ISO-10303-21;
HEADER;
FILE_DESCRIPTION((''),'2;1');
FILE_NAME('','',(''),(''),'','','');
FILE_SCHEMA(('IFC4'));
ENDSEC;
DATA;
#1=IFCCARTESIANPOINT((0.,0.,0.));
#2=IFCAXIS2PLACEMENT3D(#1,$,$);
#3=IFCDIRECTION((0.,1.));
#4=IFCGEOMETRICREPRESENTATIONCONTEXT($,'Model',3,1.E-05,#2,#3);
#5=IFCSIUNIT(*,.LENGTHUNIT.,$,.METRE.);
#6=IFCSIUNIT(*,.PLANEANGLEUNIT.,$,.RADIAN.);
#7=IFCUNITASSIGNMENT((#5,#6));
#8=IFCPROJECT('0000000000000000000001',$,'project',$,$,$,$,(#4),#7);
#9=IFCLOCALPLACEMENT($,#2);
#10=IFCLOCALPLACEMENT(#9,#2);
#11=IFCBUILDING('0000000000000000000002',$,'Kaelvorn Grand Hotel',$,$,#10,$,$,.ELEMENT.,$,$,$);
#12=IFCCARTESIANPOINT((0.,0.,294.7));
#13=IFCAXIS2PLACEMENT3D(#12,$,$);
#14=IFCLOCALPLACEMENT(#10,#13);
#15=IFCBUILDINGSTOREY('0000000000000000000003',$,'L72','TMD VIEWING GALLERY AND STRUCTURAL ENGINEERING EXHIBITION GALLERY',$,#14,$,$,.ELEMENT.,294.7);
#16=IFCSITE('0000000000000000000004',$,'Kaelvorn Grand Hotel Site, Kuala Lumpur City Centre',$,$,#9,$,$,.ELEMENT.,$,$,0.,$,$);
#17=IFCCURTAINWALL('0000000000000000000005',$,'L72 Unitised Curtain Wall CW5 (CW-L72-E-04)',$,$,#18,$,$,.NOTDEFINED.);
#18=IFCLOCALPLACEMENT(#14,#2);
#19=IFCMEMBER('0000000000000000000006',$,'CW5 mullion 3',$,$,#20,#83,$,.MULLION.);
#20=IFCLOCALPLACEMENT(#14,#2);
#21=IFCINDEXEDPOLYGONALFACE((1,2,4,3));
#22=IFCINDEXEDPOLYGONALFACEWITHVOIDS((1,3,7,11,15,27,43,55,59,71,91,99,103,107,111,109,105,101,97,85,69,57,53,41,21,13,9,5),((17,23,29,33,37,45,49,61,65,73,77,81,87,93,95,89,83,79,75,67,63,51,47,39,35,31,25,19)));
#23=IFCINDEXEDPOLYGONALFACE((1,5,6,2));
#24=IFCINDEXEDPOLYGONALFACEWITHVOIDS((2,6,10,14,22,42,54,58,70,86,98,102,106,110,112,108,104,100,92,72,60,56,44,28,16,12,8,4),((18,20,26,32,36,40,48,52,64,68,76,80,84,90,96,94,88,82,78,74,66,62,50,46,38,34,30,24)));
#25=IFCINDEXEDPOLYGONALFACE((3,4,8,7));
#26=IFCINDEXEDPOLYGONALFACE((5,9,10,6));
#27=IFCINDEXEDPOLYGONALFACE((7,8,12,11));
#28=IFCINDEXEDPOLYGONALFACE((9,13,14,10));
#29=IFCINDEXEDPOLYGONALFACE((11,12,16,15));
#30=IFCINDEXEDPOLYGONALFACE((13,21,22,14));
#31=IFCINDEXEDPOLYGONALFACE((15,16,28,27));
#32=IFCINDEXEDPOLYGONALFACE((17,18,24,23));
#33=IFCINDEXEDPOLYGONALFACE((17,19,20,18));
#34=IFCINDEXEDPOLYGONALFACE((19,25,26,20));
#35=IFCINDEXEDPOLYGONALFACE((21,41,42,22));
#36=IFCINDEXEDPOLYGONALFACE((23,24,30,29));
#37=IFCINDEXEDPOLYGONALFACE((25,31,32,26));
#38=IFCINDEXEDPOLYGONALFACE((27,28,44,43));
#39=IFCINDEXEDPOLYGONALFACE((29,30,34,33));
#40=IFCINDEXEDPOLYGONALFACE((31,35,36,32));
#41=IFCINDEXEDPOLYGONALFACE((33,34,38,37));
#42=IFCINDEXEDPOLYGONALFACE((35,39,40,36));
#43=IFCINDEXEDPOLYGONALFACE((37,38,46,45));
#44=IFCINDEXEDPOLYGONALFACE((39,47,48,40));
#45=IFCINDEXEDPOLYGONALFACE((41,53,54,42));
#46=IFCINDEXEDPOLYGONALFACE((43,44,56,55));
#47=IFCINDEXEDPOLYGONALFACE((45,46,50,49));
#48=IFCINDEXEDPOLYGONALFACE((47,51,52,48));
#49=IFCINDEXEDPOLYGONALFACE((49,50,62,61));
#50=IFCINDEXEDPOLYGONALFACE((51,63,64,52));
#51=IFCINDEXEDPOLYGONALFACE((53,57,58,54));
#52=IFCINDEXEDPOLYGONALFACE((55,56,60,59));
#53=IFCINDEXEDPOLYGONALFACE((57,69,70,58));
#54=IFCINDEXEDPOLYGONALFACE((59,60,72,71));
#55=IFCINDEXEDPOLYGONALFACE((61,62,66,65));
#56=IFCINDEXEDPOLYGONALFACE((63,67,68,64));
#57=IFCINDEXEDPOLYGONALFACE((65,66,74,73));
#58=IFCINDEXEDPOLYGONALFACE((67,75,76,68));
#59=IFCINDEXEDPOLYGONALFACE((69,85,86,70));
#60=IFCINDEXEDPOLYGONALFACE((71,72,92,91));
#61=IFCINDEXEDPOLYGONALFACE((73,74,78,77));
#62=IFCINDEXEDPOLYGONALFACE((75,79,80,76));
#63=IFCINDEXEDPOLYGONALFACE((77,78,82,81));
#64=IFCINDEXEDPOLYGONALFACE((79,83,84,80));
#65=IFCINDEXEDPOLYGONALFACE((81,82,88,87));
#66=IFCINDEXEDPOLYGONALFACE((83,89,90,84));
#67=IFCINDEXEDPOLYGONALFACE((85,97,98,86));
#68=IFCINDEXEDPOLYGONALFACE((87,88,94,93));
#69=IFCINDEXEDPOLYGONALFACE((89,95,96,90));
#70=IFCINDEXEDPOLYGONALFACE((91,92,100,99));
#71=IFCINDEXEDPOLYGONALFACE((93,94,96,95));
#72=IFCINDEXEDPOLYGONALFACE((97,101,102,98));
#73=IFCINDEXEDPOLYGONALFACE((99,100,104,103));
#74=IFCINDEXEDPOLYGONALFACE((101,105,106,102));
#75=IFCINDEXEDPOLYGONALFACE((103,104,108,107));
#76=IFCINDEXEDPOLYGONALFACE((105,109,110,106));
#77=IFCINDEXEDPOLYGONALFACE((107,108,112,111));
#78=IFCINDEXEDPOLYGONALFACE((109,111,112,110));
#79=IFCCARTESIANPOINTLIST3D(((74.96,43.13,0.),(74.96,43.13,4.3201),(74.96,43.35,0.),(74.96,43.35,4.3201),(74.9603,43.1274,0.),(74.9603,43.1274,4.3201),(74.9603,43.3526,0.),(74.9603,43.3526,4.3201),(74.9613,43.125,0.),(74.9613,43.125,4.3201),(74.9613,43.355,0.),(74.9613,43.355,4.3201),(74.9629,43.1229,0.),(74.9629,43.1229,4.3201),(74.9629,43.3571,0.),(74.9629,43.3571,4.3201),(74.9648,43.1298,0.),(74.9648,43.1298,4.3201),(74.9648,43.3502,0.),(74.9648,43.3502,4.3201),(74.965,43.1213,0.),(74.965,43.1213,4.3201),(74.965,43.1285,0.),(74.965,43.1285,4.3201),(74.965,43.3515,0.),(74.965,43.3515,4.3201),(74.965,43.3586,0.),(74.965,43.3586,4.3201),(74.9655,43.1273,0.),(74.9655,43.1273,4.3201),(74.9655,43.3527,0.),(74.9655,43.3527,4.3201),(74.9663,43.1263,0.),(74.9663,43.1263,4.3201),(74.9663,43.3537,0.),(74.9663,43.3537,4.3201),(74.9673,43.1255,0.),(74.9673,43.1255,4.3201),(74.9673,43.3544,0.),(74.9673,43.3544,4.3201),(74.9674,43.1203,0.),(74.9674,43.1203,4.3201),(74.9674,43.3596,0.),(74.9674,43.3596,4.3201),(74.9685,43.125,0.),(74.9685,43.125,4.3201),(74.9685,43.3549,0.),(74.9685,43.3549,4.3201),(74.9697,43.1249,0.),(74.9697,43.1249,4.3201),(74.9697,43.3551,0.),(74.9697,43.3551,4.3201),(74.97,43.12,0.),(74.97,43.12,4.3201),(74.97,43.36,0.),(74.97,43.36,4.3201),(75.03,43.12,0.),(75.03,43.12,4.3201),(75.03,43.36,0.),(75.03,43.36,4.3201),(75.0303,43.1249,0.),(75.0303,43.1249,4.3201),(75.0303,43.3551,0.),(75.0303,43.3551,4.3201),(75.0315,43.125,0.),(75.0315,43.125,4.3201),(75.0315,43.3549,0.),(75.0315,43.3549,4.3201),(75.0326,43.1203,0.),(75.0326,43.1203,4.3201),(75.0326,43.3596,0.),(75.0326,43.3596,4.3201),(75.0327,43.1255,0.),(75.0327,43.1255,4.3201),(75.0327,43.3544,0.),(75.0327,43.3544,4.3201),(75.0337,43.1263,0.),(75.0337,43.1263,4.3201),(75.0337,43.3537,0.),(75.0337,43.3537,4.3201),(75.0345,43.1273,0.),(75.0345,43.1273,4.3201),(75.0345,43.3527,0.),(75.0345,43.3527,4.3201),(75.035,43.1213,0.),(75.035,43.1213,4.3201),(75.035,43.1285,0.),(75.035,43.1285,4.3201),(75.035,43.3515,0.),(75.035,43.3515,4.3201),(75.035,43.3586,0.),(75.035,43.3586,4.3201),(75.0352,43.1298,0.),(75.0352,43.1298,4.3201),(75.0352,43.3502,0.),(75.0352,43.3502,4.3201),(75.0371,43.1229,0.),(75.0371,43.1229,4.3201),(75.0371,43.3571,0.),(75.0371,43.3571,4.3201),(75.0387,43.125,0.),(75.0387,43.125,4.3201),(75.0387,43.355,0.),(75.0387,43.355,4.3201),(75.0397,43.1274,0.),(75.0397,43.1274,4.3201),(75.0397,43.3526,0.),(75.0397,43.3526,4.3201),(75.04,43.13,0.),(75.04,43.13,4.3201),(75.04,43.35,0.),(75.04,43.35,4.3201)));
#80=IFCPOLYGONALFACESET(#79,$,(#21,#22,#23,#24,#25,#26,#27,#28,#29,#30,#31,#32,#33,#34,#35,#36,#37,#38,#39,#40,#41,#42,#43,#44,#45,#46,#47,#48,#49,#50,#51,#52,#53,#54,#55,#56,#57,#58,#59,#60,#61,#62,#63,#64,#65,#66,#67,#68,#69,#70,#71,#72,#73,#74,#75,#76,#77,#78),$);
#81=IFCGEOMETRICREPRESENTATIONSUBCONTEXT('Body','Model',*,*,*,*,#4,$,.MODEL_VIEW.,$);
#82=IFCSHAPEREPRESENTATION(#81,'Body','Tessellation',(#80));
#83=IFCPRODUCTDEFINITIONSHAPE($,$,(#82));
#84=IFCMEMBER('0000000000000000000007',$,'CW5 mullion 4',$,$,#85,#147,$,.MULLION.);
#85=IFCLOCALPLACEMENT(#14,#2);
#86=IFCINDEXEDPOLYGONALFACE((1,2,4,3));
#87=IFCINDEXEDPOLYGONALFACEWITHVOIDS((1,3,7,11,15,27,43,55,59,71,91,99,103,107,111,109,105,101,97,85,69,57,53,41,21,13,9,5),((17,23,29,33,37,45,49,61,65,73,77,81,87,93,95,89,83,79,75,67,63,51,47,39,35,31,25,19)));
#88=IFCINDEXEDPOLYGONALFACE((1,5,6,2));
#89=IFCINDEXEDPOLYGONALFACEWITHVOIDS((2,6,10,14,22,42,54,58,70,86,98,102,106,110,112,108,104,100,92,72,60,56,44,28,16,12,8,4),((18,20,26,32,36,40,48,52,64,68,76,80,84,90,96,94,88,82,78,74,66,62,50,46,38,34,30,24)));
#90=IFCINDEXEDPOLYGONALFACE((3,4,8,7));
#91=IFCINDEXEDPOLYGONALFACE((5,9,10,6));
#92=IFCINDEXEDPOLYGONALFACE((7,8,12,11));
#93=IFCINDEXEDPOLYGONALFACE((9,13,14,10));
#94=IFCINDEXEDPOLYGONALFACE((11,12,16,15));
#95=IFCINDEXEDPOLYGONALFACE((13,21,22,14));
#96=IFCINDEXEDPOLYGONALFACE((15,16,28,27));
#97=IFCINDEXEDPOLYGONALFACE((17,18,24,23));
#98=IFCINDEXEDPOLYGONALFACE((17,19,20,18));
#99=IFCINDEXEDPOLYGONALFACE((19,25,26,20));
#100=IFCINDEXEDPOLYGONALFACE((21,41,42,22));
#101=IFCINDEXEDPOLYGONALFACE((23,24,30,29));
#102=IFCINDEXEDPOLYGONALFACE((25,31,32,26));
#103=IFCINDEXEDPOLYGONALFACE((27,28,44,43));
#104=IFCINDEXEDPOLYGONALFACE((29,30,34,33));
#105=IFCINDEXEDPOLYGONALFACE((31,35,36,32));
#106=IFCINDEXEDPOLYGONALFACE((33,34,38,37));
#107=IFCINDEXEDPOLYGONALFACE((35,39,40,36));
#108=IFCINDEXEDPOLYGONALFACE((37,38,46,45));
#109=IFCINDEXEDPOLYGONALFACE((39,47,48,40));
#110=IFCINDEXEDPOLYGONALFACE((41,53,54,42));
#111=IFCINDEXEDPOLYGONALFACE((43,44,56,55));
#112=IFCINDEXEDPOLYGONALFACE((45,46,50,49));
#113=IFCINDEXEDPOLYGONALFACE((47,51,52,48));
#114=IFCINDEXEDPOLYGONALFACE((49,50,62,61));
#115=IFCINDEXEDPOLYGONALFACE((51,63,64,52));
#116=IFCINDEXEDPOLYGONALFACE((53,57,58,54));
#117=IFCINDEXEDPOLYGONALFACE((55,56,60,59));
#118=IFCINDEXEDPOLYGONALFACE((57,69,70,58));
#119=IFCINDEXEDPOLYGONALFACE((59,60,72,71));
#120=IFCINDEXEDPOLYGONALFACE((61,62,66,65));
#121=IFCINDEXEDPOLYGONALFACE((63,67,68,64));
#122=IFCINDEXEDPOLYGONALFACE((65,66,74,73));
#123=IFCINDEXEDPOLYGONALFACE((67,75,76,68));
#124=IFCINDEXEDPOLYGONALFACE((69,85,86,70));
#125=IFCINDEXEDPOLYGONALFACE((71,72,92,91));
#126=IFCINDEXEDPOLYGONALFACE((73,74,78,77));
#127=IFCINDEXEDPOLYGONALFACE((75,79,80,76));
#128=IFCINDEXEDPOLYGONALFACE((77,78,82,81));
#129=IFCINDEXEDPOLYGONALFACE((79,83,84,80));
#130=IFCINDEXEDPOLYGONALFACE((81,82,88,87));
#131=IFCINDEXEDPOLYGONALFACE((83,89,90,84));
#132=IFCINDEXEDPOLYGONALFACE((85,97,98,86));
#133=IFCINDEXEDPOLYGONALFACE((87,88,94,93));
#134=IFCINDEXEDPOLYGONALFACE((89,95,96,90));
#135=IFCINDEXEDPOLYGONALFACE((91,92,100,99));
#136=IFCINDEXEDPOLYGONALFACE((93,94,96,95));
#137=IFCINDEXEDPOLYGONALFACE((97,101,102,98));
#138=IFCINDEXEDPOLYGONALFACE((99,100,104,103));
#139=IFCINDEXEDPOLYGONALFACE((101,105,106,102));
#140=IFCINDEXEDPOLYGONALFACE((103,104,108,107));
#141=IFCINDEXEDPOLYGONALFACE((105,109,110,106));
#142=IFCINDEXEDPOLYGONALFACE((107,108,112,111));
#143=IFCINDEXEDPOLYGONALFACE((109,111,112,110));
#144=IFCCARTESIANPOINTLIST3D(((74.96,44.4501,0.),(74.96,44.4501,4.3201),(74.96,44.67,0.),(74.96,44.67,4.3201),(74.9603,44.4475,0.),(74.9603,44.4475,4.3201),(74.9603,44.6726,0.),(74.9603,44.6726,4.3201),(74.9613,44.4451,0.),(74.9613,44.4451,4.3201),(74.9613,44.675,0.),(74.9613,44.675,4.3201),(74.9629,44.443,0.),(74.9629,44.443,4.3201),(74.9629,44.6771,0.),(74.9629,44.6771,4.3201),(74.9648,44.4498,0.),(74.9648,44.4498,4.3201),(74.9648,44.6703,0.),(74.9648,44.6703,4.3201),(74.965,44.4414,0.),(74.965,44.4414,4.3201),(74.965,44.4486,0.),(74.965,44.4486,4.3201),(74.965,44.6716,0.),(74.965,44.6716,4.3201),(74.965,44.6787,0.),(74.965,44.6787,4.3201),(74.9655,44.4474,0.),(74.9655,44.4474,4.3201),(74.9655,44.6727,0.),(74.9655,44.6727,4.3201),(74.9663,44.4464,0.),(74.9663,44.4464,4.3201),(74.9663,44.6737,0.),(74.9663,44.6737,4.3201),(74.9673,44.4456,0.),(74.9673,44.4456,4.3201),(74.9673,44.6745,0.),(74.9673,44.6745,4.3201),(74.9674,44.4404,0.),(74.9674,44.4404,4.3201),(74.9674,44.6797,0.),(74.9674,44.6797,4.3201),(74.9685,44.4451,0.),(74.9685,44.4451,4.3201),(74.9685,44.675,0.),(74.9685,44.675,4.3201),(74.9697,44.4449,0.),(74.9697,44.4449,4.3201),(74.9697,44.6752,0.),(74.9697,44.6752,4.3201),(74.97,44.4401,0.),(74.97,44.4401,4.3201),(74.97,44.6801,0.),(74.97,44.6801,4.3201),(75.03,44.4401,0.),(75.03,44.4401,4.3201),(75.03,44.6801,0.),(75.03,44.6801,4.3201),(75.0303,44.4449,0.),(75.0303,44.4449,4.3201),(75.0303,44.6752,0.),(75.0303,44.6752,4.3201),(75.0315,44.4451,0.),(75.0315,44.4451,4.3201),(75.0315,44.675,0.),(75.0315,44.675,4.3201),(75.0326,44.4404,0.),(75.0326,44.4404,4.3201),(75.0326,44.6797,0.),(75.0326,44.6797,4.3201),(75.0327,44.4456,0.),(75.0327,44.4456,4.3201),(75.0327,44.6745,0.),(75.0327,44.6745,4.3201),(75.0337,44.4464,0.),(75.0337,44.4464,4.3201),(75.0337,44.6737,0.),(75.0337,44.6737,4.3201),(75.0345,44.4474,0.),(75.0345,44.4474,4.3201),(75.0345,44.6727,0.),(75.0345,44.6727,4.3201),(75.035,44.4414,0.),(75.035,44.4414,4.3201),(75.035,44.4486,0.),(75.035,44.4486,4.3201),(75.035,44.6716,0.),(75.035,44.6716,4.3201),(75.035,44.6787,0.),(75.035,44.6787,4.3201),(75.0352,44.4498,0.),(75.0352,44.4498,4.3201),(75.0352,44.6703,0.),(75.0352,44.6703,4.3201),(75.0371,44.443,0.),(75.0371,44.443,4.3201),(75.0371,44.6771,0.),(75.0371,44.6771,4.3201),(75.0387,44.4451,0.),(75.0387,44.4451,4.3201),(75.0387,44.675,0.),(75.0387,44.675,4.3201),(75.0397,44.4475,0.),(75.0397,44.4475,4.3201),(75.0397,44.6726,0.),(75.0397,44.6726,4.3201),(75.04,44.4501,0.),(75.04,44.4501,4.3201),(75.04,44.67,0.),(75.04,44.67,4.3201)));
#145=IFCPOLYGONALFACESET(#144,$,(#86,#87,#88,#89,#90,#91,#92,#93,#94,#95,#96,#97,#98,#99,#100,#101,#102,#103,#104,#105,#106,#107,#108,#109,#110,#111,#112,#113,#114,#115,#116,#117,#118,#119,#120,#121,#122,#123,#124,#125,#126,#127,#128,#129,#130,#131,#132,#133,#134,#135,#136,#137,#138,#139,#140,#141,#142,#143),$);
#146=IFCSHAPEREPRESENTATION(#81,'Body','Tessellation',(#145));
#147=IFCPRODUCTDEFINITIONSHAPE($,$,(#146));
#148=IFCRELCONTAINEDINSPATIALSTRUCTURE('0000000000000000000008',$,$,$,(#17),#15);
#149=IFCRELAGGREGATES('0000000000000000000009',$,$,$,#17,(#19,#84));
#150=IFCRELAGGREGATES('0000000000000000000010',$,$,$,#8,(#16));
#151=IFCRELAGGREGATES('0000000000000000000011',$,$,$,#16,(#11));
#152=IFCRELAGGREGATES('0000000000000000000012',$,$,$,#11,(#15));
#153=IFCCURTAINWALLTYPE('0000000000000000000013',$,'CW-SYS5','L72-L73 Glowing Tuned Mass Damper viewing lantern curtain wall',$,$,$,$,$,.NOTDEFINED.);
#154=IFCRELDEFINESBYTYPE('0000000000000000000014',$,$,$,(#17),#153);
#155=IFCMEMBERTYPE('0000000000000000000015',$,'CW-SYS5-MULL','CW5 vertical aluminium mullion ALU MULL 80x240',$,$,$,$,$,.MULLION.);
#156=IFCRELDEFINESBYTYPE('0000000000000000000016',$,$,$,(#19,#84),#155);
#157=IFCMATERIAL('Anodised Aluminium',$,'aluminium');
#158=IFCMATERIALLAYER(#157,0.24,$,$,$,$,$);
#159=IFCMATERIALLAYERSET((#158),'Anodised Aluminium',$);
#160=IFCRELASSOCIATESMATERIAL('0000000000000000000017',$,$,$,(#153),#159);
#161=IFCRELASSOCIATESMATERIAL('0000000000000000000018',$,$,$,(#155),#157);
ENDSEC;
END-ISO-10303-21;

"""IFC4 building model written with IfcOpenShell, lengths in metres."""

from ifc_helpers import new_model, si_unit, direction, frame, origin, origin_2d, place, context, subcontext, project, spatial, hollow_rectangle, extrude, material, layer, layer_set, material_profile, profile_set, type_object, element, aggregate, save


model = new_model("IFC4")

# Units and contexts
model_context = context("Model", 3, precision=1e-05, world=origin(), true_north=direction((0.0, 1.0)))
body_context = subcontext(model_context, "Body", "Model", "MODEL_VIEW")
ifc_project = project(units=[si_unit("LENGTHUNIT", "METRE"), si_unit("PLANEANGLEUNIT", "RADIAN")], contexts=[model_context])

# Site, building, storey
site_placement = place(None, origin())
site = spatial("IfcSite", under=ifc_project, at=site_placement, Name="Kaelvorn Grand Hotel Site, Kuala Lumpur City Centre", CompositionType="ELEMENT", RefElevation=0.0)
building_placement = place(site_placement, origin())
building = spatial("IfcBuilding", under=site, at=building_placement, Name="Kaelvorn Grand Hotel", CompositionType="ELEMENT")
storey_placement = place(building_placement, frame((0.0, 0.0, 294.7)))
storey = spatial("IfcBuildingStorey", under=building, at=storey_placement, Name="L72", Description="TMD VIEWING GALLERY AND STRUCTURAL ENGINEERING EXHIBITION GALLERY", CompositionType="ELEMENT", Elevation=294.7)

# Curtain wall, members
ifc_material_1 = material(Name="Anodised Aluminium", Category="aluminium")
ifc_layer_1 = layer(ifc_material_1, 0.24)
ifc_layer_set_1 = layer_set([ifc_layer_1], Name="Anodised Aluminium")
curtain_wall_type = type_object("IfcCurtainWallType", Name="CW-SYS5", Description="L72-L73 Glowing Tuned Mass Damper viewing lantern curtain wall", PredefinedType="NOTDEFINED", material=ifc_layer_set_1)
curtain_wall_placement = place(storey_placement, origin())
curtain_wall = element("IfcCurtainWall", 1, at=curtain_wall_placement, inside=storey, type_object=curtain_wall_type, Name="L72 Unitised Curtain Wall CW5 (CW-L72-E-04)", PredefinedType="NOTDEFINED")
ifc_material_profile_1 = material_profile(ifc_material_1, hollow_rectangle(XDim=0.0801, YDim=0.24, WallThickness=0.0049, InnerFilletRadius=0.0049, OuterFilletRadius=0.01, at=origin_2d()), Name="ALU MULL 80x240")
ifc_profile_set_1 = profile_set([ifc_material_profile_1], Name="Anodised Aluminium")
member_type_1 = type_object("IfcMemberType", Name="CW-SYS5-MULL", Description="CW5 vertical aluminium mullion ALU MULL 80x240", PredefinedType="MULLION", material=ifc_profile_set_1)
member_1_placement = place(storey_placement, frame((75.0, 43.24, 0.0), z_axis=(0.0, 0.0, 1.0), x_axis=(-1.0, 0.0, 0.0)))
member_1 = element("IfcMember", 2, at=member_1_placement, type_object=member_type_1, Name="CW5 mullion 3", PredefinedType="MULLION", context=body_context, shape_type="SweptSolid", body=[
    extrude(hollow_rectangle(XDim=0.0801, YDim=0.24, WallThickness=0.0049, InnerFilletRadius=0.0049, OuterFilletRadius=0.01, at=origin_2d()), origin(), (0.0, 0.0, 1.0), 4.3201),
])
member_2_placement = place(storey_placement, frame((75.0, 44.5601, 0.0), z_axis=(0.0, 0.0, 1.0), x_axis=(-1.0, 0.0, 0.0)))
member_2 = element("IfcMember", 3, at=member_2_placement, type_object=member_type_1, Name="CW5 mullion 4", PredefinedType="MULLION", context=body_context, shape_type="SweptSolid", body=[
    extrude(hollow_rectangle(XDim=0.0801, YDim=0.24, WallThickness=0.0049, InnerFilletRadius=0.0049, OuterFilletRadius=0.01, at=origin_2d()), origin(), (0.0, 0.0, 1.0), 4.3201),
])
aggregate(curtain_wall, [member_1, member_2])

save(model, "model.ifc")
